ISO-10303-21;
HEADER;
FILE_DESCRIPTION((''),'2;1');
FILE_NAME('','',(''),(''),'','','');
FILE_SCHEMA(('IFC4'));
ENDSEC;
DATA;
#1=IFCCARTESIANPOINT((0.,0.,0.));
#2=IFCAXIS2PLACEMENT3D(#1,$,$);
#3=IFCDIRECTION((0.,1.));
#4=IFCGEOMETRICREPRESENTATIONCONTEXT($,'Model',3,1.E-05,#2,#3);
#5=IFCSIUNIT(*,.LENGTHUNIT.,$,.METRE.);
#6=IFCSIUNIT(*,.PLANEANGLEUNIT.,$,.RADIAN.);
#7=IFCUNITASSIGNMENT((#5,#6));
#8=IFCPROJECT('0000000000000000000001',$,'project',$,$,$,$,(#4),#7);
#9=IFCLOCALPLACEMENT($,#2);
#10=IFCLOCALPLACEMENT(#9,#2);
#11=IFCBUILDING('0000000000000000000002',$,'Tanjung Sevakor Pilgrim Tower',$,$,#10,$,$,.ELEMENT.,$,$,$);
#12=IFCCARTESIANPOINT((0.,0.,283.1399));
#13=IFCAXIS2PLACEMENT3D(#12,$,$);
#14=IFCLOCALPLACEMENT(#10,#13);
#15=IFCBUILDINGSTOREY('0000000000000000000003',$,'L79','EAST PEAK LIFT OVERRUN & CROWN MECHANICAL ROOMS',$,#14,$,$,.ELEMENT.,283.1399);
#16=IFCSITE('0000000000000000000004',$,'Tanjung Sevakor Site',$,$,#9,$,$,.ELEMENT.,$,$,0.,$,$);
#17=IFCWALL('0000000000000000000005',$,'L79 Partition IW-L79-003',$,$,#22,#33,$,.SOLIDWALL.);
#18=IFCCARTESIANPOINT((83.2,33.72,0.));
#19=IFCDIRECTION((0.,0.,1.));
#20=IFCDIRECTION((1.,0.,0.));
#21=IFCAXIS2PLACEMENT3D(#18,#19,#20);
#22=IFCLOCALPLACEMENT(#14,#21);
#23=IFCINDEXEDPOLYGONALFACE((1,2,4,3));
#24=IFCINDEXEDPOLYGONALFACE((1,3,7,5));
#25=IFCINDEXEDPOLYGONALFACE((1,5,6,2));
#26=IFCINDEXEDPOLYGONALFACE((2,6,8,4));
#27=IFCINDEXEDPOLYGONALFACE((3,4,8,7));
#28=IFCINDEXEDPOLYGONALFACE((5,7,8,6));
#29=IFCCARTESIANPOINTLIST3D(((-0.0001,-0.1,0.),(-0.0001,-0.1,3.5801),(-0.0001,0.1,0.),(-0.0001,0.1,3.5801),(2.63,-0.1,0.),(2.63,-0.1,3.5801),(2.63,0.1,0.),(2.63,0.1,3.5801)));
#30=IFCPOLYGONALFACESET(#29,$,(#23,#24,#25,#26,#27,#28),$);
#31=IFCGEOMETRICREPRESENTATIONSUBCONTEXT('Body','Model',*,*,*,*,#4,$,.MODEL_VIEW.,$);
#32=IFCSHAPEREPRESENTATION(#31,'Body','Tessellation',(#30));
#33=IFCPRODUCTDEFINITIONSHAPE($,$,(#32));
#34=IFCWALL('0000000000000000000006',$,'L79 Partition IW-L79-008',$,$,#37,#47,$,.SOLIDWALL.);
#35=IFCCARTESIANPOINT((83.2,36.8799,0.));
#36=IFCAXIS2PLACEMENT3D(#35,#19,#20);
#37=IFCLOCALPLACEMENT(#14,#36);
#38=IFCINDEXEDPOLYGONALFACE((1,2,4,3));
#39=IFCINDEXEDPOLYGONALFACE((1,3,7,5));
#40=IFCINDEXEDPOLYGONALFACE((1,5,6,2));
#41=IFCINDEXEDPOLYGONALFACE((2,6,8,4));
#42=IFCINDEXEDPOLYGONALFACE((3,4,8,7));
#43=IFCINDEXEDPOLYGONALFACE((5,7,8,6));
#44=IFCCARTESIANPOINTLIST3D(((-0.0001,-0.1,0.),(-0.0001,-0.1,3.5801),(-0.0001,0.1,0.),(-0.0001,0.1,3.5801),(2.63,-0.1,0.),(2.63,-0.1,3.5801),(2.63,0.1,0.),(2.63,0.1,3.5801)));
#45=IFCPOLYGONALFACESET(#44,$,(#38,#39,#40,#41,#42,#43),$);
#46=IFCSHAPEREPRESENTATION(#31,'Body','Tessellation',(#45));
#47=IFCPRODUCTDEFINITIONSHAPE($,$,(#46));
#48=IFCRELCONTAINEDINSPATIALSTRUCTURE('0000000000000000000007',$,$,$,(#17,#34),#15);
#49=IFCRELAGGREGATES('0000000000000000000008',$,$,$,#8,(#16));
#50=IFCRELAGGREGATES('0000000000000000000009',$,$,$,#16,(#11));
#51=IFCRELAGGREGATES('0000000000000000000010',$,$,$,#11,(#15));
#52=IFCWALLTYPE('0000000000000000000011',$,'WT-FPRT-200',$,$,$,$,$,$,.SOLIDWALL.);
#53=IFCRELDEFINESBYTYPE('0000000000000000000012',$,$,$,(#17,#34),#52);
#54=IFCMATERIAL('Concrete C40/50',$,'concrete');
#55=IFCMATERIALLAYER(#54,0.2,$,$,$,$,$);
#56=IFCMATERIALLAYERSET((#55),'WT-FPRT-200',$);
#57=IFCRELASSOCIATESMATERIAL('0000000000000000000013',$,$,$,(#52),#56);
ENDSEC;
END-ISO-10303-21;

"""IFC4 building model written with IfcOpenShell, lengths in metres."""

from ifc_helpers import new_model, si_unit, direction, frame, frame_2d, origin, place, context, subcontext, project, spatial, rectangle, extrude, material, layer, layer_set, type_object, element, save


model = new_model("IFC4")

# Units and contexts
model_context = context("Model", 3, precision=1e-05, world=origin(), true_north=direction((0.0, 1.0)))
body_context = subcontext(model_context, "Body", "Model", "MODEL_VIEW")
ifc_project = project(units=[si_unit("LENGTHUNIT", "METRE"), si_unit("PLANEANGLEUNIT", "RADIAN")], contexts=[model_context])

# Site, building, storey
site_placement = place(None, origin())
site = spatial("IfcSite", under=ifc_project, at=site_placement, Name="Tanjung Sevakor Site", CompositionType="ELEMENT", RefElevation=0.0)
building_placement = place(site_placement, origin())
building = spatial("IfcBuilding", under=site, at=building_placement, Name="Tanjung Sevakor Pilgrim Tower", CompositionType="ELEMENT")
storey_placement = place(building_placement, frame((0.0, 0.0, 283.1399)))
storey = spatial("IfcBuildingStorey", under=building, at=storey_placement, Name="L79", Description="EAST PEAK LIFT OVERRUN & CROWN MECHANICAL ROOMS", CompositionType="ELEMENT", Elevation=283.1399)

# Walls
ifc_material_1 = material(Name="Concrete C40/50", Category="concrete")
ifc_layer_1 = layer(ifc_material_1, 0.2)
ifc_layer_set_1 = layer_set([ifc_layer_1], Name="WT-FPRT-200")
wall_type_1 = type_object("IfcWallType", Name="WT-FPRT-200", PredefinedType="SOLIDWALL", material=ifc_layer_set_1)
wall_1_placement = place(storey_placement, frame((83.2, 33.72, 0.0), z_axis=(0.0, 0.0, 1.0), x_axis=(1.0, 0.0, 0.0)))
element("IfcWall", 1, at=wall_1_placement, inside=storey, type_object=wall_type_1, Name="L79 Partition IW-L79-003", PredefinedType="SOLIDWALL", context=body_context, shape_type="SweptSolid", body=[
    extrude(rectangle(XDim=2.6301, YDim=0.2, at=frame_2d((1.3149, 0.0))), origin(), (0.0, 0.0, 1.0), 3.5801),
])
wall_2_placement = place(storey_placement, frame((83.2, 36.8799, 0.0), z_axis=(0.0, 0.0, 1.0), x_axis=(1.0, 0.0, 0.0)))
element("IfcWall", 2, at=wall_2_placement, inside=storey, type_object=wall_type_1, Name="L79 Partition IW-L79-008", PredefinedType="SOLIDWALL", context=body_context, shape_type="SweptSolid", body=[
    extrude(rectangle(XDim=2.6301, YDim=0.2, at=frame_2d((1.3149, 0.0))), origin(), (0.0, 0.0, 1.0), 3.5801),
])

save(model, "model.ifc")
